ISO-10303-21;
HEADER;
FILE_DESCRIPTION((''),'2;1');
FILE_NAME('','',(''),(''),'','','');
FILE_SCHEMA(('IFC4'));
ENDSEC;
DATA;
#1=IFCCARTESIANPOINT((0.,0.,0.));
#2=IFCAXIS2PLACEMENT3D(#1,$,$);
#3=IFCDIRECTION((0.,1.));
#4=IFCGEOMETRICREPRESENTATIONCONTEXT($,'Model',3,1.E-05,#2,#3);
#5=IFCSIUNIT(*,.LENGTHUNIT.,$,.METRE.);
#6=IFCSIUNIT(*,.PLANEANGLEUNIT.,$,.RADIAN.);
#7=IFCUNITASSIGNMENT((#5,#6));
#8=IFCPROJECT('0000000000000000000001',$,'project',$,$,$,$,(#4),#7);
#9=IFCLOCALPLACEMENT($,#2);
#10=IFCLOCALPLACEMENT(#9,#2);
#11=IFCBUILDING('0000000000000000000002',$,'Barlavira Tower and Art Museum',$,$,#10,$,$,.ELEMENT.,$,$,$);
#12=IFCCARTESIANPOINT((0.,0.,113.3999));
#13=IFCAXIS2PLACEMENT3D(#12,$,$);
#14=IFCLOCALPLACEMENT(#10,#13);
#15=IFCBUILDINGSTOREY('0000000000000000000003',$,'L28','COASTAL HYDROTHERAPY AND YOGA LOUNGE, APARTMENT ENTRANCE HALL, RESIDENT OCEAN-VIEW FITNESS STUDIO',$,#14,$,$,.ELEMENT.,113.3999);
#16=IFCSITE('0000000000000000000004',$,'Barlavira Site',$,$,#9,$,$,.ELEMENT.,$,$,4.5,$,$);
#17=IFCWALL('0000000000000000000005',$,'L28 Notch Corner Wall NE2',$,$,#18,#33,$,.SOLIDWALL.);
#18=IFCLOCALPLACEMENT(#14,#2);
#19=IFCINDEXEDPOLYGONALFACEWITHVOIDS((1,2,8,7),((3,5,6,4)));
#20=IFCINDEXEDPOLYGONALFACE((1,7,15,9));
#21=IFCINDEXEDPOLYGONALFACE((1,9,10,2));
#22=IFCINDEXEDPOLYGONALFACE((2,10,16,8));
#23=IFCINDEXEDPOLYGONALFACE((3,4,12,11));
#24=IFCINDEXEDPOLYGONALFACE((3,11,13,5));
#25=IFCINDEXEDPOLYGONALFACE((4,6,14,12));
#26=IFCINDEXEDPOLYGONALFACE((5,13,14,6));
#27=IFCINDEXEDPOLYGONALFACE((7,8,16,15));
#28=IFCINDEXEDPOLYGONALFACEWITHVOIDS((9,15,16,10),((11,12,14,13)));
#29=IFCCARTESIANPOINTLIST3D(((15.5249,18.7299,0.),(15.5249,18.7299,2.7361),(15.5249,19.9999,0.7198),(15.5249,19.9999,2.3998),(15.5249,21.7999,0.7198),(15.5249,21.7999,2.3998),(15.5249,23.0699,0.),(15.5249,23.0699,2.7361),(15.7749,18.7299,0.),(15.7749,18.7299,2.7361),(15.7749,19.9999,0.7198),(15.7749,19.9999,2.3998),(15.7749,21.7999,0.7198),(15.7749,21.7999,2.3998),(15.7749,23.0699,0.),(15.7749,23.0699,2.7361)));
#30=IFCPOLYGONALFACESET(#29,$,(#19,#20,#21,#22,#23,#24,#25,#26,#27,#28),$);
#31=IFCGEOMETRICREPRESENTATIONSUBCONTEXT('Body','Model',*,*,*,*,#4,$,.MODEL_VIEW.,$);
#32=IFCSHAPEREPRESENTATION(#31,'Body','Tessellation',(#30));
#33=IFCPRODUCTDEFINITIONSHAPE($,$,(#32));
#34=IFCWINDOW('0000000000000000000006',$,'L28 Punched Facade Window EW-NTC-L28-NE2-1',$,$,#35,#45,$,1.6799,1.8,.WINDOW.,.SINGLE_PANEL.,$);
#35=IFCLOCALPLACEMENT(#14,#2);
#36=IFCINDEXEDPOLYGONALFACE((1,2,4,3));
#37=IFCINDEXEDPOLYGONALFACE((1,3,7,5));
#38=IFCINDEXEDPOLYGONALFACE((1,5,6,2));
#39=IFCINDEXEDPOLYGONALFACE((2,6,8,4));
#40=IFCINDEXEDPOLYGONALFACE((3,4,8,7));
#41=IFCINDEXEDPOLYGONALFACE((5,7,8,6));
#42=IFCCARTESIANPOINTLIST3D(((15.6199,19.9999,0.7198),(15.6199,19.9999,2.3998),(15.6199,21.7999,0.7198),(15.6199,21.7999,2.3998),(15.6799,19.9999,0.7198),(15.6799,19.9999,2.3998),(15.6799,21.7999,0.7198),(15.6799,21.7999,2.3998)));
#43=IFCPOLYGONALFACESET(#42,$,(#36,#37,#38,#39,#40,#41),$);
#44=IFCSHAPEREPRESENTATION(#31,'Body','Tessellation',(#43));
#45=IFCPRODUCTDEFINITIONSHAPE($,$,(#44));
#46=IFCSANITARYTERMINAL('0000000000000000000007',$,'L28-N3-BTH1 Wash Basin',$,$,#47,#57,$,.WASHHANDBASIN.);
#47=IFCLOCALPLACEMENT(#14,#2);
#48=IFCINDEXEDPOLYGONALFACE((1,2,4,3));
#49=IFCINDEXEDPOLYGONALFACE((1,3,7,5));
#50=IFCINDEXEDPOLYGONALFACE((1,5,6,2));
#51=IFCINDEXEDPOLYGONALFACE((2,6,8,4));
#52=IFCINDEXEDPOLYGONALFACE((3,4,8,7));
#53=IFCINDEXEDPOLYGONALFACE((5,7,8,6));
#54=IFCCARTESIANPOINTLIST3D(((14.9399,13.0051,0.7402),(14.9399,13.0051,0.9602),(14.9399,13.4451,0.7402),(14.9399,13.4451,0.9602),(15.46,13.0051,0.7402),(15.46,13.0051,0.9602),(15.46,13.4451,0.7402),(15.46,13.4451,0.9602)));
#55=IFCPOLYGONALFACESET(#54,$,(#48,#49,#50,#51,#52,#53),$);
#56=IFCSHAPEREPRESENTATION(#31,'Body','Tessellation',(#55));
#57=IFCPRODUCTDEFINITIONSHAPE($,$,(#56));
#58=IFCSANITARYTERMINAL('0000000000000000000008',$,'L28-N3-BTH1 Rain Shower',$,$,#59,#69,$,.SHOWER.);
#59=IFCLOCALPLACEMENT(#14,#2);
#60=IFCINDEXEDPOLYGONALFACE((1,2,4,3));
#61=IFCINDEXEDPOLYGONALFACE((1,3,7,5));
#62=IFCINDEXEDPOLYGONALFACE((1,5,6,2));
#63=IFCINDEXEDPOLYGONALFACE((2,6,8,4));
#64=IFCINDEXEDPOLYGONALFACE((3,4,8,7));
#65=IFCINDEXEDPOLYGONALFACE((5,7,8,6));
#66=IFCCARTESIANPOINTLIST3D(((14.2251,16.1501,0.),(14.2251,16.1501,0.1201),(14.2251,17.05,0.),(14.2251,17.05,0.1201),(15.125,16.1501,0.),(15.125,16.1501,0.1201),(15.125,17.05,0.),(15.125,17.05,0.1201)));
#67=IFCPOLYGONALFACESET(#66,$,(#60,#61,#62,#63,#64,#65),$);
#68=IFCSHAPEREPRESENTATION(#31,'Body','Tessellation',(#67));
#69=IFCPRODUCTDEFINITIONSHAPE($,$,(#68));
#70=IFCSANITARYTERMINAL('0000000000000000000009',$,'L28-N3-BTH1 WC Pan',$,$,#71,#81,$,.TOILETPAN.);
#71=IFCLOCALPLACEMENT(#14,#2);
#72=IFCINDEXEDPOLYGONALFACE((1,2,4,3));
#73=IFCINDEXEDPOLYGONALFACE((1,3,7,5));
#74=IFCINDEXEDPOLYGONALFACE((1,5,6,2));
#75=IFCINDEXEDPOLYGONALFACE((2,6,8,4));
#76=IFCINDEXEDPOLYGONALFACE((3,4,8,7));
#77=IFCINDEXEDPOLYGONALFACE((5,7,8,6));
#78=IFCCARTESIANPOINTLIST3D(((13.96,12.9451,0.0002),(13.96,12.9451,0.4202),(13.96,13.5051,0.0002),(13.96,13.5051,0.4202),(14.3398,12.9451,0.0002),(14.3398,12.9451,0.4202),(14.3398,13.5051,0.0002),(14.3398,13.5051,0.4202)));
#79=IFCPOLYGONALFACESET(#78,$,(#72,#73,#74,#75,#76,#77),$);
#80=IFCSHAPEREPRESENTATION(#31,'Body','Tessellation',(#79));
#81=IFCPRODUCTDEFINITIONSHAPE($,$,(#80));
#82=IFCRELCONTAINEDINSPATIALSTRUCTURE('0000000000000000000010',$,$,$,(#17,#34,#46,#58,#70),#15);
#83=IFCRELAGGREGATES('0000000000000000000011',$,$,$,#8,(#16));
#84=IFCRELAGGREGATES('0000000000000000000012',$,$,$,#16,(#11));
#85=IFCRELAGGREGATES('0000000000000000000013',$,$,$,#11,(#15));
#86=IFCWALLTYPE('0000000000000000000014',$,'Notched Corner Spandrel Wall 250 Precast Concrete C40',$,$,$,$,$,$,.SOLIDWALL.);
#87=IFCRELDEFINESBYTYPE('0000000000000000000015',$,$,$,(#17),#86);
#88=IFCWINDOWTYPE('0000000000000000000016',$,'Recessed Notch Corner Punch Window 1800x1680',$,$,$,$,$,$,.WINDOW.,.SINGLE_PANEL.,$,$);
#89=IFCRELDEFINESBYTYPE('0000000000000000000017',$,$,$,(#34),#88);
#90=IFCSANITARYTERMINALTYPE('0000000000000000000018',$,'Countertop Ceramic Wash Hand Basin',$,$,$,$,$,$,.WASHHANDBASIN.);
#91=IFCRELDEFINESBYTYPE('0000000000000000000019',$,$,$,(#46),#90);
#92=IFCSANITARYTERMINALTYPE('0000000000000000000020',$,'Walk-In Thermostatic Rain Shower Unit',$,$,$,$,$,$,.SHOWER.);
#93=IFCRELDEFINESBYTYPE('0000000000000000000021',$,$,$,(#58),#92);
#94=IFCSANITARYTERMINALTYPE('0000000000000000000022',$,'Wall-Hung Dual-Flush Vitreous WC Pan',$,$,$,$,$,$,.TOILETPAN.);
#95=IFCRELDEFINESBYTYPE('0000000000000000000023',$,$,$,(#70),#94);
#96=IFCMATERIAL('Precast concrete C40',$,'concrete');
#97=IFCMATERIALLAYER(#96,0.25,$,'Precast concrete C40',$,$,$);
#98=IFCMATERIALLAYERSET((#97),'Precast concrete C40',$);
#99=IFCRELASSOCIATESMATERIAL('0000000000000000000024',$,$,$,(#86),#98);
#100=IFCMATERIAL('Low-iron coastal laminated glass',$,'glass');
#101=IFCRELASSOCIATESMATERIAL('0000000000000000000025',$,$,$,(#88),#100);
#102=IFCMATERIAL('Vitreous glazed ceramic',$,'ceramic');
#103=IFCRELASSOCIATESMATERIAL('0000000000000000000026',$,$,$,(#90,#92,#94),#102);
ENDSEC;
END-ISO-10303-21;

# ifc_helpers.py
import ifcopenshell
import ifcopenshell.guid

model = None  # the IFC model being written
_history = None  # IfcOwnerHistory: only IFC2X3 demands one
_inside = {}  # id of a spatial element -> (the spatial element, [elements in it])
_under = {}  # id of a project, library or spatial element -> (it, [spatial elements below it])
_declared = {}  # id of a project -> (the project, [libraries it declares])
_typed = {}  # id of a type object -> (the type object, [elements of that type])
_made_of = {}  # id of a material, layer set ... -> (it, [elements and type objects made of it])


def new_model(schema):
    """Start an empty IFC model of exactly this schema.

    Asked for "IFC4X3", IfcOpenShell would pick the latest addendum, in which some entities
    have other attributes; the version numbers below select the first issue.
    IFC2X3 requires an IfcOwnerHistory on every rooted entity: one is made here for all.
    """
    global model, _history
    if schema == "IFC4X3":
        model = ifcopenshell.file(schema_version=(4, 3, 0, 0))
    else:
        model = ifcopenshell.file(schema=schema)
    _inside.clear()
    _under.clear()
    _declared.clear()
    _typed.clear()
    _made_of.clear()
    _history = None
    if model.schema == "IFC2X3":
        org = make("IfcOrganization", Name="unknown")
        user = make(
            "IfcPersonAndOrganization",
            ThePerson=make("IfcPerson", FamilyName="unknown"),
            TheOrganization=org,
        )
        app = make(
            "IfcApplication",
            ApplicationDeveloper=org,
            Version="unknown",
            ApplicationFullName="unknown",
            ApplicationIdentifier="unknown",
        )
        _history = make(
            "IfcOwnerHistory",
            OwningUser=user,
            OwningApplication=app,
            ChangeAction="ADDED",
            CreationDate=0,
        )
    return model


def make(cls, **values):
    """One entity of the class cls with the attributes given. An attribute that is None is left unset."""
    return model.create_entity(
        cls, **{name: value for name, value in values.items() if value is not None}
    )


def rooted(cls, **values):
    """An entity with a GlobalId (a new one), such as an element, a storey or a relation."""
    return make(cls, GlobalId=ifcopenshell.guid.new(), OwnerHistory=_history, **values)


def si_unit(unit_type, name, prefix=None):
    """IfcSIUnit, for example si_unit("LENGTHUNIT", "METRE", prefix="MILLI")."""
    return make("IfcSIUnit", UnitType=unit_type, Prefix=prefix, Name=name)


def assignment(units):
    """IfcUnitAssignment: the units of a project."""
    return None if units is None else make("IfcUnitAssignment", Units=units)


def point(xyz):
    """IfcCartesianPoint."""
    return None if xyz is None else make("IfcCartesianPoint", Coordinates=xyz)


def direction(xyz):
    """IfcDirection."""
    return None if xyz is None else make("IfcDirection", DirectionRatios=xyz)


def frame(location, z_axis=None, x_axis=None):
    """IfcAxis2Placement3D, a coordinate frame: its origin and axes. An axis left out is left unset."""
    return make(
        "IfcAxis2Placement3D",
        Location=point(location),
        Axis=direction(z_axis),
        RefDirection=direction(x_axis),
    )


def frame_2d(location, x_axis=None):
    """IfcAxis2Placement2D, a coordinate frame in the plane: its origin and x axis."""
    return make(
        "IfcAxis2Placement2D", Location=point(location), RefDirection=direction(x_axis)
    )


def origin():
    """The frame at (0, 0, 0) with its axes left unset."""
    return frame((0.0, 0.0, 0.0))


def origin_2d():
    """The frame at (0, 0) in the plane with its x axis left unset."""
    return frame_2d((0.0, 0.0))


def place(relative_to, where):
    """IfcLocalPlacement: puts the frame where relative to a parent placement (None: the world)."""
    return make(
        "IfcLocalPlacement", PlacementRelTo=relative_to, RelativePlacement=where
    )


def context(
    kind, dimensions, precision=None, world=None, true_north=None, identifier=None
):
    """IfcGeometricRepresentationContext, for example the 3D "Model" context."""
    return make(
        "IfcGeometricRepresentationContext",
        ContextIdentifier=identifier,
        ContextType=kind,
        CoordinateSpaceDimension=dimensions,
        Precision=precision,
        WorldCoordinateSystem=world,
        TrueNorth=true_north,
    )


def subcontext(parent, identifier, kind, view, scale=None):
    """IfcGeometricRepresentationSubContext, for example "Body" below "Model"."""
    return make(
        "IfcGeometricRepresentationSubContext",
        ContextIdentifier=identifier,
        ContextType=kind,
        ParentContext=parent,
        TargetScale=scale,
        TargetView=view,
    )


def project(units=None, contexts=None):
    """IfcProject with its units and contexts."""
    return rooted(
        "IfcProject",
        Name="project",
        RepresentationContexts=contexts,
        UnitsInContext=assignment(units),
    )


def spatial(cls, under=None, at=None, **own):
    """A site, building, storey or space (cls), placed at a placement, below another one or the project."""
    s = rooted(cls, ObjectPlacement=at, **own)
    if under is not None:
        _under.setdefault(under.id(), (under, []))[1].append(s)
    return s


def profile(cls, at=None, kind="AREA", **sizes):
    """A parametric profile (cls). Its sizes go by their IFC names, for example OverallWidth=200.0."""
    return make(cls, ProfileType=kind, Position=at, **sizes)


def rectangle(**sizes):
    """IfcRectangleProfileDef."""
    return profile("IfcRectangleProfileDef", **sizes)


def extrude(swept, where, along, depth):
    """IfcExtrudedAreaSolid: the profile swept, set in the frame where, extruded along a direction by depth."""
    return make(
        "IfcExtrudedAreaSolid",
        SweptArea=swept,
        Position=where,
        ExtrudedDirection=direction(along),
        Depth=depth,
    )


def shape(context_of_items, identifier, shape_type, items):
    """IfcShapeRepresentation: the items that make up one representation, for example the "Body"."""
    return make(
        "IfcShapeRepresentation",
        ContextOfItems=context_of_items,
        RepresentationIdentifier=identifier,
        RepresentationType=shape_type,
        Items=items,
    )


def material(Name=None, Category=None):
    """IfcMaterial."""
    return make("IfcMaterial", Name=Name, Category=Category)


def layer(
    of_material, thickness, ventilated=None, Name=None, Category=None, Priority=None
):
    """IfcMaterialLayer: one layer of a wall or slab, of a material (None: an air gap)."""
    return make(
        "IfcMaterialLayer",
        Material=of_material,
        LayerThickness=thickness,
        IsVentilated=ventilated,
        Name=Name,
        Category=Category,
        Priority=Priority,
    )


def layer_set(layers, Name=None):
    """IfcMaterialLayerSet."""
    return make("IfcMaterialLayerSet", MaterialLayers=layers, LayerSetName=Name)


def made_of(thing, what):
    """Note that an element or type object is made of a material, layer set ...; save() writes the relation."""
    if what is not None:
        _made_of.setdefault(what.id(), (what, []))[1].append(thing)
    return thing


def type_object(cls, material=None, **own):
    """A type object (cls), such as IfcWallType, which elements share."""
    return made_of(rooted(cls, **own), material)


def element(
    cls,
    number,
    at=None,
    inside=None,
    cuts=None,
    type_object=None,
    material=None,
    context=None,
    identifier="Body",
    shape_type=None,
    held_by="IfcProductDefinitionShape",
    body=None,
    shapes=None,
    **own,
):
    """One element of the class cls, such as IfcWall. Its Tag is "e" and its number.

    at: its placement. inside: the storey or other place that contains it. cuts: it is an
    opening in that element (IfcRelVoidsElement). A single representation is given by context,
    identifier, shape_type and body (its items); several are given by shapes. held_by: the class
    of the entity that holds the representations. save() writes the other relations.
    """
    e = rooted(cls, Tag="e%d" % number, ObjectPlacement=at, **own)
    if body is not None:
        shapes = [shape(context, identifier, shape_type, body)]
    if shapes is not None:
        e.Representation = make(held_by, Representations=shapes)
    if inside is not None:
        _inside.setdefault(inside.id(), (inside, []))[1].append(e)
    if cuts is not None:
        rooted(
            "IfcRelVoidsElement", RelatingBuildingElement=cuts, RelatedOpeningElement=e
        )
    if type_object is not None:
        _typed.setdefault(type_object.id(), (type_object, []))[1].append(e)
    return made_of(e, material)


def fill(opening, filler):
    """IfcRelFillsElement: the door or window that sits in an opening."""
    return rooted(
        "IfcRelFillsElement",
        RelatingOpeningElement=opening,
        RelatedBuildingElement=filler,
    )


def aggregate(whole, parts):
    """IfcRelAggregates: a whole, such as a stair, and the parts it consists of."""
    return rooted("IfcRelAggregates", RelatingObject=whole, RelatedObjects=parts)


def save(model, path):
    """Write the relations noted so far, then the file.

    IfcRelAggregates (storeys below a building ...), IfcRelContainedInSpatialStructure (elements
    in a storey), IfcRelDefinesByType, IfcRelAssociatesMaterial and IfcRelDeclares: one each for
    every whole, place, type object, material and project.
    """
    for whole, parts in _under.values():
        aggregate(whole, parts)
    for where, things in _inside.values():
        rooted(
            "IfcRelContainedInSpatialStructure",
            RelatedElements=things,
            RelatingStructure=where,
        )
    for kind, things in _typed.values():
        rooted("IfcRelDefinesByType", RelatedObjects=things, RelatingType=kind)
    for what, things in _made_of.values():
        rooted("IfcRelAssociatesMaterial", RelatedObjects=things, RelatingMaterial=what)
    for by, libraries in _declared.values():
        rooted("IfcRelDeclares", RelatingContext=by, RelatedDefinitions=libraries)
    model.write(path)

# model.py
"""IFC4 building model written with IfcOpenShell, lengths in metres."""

from ifc_helpers import new_model, si_unit, direction, frame, frame_2d, origin, origin_2d, place, context, subcontext, project, spatial, rectangle, extrude, material, layer, layer_set, type_object, element, fill, save


model = new_model("IFC4")

# Units and contexts
model_context = context("Model", 3, precision=1e-05, world=origin(), true_north=direction((0.0, 1.0)))
body_context = subcontext(model_context, "Body", "Model", "MODEL_VIEW")
ifc_project = project(units=[si_unit("LENGTHUNIT", "METRE"), si_unit("PLANEANGLEUNIT", "RADIAN")], contexts=[model_context])

# Site, building, storey
site_placement = place(None, origin())
site = spatial("IfcSite", under=ifc_project, at=site_placement, Name="Barlavira Site", CompositionType="ELEMENT", RefElevation=4.5)
building_placement = place(site_placement, origin())
building = spatial("IfcBuilding", under=site, at=building_placement, Name="Barlavira Tower and Art Museum", CompositionType="ELEMENT")
storey_placement = place(building_placement, frame((0.0, 0.0, 113.3999)))
storey = spatial("IfcBuildingStorey", under=building, at=storey_placement, Name="L28", Description="COASTAL HYDROTHERAPY AND YOGA LOUNGE, APARTMENT ENTRANCE HALL, RESIDENT OCEAN-VIEW FITNESS STUDIO", CompositionType="ELEMENT", Elevation=113.3999)

# Wall, opening, window
ifc_material_1 = material(Name="Precast concrete C40", Category="concrete")
ifc_layer_1 = layer(ifc_material_1, 0.25, Name="Precast concrete C40")
ifc_layer_set_1 = layer_set([ifc_layer_1], Name="Precast concrete C40")
wall_type_1 = type_object("IfcWallType", Name="Notched Corner Spandrel Wall 250 Precast Concrete C40", PredefinedType="SOLIDWALL", material=ifc_layer_set_1)
ifc_material_2 = material(Name="Low-iron coastal laminated glass", Category="glass")
window_type = type_object("IfcWindowType", Name="Recessed Notch Corner Punch Window 1800x1680", PartitioningType="SINGLE_PANEL", PredefinedType="WINDOW", material=ifc_material_2)
wall_1_placement = place(storey_placement, frame((15.6499, 18.73, 0.0), z_axis=(0.0, 0.0, 1.0), x_axis=(0.0, 1.0, 0.0)))
wall_1 = element("IfcWall", 1, at=wall_1_placement, inside=storey, type_object=wall_type_1, Name="L28 Notch Corner Wall NE2", PredefinedType="SOLIDWALL", context=body_context, shape_type="SweptSolid", body=[
    extrude(rectangle(XDim=4.3401, YDim=0.25, at=frame_2d((2.1699, 0.0))), origin(), (0.0, 0.0, 1.0), 2.7361),
])
opening_1_placement = place(wall_1_placement, frame((1.27, 0.0, 0.72)))
opening_1 = element("IfcOpeningElement", 2, at=opening_1_placement, cuts=wall_1, PredefinedType="OPENING", context=body_context, shape_type="SweptSolid", body=[
    extrude(rectangle(XDim=1.8, YDim=1.6799, at=frame_2d((0.8999, 0.8398))), frame((0.0, 0.135, 0.0), z_axis=(0.0, -1.0, 0.0), x_axis=(1.0, 0.0, 0.0)), (0.0, 0.0, 1.0), 0.27),
])
window_1_placement = place(opening_1_placement, origin())
window_1 = element("IfcWindow", 3, at=window_1_placement, inside=storey, type_object=window_type, Name="L28 Punched Facade Window EW-NTC-L28-NE2-1", OverallHeight=1.6799, OverallWidth=1.8, PartitioningType="SINGLE_PANEL", PredefinedType="WINDOW", context=body_context, shape_type="SweptSolid", body=[
    extrude(rectangle(XDim=1.8, YDim=1.6799, at=frame_2d((0.8999, 0.8398))), frame((0.0, 0.03, 0.0), z_axis=(0.0, -1.0, 0.0), x_axis=(1.0, 0.0, 0.0)), (0.0, 0.0, 1.0), 0.0601),
])
fill(opening_1, window_1)

# Sanitary terminals
ifc_material_3 = material(Name="Vitreous glazed ceramic", Category="ceramic")
sanitary_terminal_type_1 = type_object("IfcSanitaryTerminalType", Name="Countertop Ceramic Wash Hand Basin", PredefinedType="WASHHANDBASIN", material=ifc_material_3)
sanitary_terminal_1_placement = place(storey_placement, frame((15.2, 13.2251, 0.7402), z_axis=(0.0, 0.0, 1.0), x_axis=(1.0, 0.0, 0.0)))
element("IfcSanitaryTerminal", 4, at=sanitary_terminal_1_placement, inside=storey, type_object=sanitary_terminal_type_1, Name="L28-N3-BTH1 Wash Basin", PredefinedType="WASHHANDBASIN", context=body_context, shape_type="SweptSolid", body=[
    extrude(rectangle(XDim=0.52, YDim=0.4399, at=origin_2d()), origin(), (0.0, 0.0, 1.0), 0.22),
])
sanitary_terminal_type_2 = type_object("IfcSanitaryTerminalType", Name="Walk-In Thermostatic Rain Shower Unit", PredefinedType="SHOWER", material=ifc_material_3)
sanitary_terminal_2_placement = place(storey_placement, frame((14.675, 16.6001, 0.0), z_axis=(0.0, 0.0, 1.0), x_axis=(1.0, 0.0, 0.0)))
element("IfcSanitaryTerminal", 5, at=sanitary_terminal_2_placement, inside=storey, type_object=sanitary_terminal_type_2, Name="L28-N3-BTH1 Rain Shower", PredefinedType="SHOWER", context=body_context, shape_type="SweptSolid", body=[
    extrude(rectangle(XDim=0.8999, YDim=0.8999, at=origin_2d()), origin(), (0.0, 0.0, 1.0), 0.1201),
])
sanitary_terminal_type_3 = type_object("IfcSanitaryTerminalType", Name="Wall-Hung Dual-Flush Vitreous WC Pan", PredefinedType="TOILETPAN", material=ifc_material_3)
sanitary_terminal_3_placement = place(storey_placement, frame((14.1499, 13.2251, 0.0002), z_axis=(0.0, 0.0, 1.0), x_axis=(1.0, 0.0, 0.0)))
element("IfcSanitaryTerminal", 6, at=sanitary_terminal_3_placement, inside=storey, type_object=sanitary_terminal_type_3, Name="L28-N3-BTH1 WC Pan", PredefinedType="TOILETPAN", context=body_context, shape_type="SweptSolid", body=[
    extrude(rectangle(XDim=0.3799, YDim=0.5601, at=origin_2d()), origin(), (0.0, 0.0, 1.0), 0.4199),
])

save(model, "model.ifc")
